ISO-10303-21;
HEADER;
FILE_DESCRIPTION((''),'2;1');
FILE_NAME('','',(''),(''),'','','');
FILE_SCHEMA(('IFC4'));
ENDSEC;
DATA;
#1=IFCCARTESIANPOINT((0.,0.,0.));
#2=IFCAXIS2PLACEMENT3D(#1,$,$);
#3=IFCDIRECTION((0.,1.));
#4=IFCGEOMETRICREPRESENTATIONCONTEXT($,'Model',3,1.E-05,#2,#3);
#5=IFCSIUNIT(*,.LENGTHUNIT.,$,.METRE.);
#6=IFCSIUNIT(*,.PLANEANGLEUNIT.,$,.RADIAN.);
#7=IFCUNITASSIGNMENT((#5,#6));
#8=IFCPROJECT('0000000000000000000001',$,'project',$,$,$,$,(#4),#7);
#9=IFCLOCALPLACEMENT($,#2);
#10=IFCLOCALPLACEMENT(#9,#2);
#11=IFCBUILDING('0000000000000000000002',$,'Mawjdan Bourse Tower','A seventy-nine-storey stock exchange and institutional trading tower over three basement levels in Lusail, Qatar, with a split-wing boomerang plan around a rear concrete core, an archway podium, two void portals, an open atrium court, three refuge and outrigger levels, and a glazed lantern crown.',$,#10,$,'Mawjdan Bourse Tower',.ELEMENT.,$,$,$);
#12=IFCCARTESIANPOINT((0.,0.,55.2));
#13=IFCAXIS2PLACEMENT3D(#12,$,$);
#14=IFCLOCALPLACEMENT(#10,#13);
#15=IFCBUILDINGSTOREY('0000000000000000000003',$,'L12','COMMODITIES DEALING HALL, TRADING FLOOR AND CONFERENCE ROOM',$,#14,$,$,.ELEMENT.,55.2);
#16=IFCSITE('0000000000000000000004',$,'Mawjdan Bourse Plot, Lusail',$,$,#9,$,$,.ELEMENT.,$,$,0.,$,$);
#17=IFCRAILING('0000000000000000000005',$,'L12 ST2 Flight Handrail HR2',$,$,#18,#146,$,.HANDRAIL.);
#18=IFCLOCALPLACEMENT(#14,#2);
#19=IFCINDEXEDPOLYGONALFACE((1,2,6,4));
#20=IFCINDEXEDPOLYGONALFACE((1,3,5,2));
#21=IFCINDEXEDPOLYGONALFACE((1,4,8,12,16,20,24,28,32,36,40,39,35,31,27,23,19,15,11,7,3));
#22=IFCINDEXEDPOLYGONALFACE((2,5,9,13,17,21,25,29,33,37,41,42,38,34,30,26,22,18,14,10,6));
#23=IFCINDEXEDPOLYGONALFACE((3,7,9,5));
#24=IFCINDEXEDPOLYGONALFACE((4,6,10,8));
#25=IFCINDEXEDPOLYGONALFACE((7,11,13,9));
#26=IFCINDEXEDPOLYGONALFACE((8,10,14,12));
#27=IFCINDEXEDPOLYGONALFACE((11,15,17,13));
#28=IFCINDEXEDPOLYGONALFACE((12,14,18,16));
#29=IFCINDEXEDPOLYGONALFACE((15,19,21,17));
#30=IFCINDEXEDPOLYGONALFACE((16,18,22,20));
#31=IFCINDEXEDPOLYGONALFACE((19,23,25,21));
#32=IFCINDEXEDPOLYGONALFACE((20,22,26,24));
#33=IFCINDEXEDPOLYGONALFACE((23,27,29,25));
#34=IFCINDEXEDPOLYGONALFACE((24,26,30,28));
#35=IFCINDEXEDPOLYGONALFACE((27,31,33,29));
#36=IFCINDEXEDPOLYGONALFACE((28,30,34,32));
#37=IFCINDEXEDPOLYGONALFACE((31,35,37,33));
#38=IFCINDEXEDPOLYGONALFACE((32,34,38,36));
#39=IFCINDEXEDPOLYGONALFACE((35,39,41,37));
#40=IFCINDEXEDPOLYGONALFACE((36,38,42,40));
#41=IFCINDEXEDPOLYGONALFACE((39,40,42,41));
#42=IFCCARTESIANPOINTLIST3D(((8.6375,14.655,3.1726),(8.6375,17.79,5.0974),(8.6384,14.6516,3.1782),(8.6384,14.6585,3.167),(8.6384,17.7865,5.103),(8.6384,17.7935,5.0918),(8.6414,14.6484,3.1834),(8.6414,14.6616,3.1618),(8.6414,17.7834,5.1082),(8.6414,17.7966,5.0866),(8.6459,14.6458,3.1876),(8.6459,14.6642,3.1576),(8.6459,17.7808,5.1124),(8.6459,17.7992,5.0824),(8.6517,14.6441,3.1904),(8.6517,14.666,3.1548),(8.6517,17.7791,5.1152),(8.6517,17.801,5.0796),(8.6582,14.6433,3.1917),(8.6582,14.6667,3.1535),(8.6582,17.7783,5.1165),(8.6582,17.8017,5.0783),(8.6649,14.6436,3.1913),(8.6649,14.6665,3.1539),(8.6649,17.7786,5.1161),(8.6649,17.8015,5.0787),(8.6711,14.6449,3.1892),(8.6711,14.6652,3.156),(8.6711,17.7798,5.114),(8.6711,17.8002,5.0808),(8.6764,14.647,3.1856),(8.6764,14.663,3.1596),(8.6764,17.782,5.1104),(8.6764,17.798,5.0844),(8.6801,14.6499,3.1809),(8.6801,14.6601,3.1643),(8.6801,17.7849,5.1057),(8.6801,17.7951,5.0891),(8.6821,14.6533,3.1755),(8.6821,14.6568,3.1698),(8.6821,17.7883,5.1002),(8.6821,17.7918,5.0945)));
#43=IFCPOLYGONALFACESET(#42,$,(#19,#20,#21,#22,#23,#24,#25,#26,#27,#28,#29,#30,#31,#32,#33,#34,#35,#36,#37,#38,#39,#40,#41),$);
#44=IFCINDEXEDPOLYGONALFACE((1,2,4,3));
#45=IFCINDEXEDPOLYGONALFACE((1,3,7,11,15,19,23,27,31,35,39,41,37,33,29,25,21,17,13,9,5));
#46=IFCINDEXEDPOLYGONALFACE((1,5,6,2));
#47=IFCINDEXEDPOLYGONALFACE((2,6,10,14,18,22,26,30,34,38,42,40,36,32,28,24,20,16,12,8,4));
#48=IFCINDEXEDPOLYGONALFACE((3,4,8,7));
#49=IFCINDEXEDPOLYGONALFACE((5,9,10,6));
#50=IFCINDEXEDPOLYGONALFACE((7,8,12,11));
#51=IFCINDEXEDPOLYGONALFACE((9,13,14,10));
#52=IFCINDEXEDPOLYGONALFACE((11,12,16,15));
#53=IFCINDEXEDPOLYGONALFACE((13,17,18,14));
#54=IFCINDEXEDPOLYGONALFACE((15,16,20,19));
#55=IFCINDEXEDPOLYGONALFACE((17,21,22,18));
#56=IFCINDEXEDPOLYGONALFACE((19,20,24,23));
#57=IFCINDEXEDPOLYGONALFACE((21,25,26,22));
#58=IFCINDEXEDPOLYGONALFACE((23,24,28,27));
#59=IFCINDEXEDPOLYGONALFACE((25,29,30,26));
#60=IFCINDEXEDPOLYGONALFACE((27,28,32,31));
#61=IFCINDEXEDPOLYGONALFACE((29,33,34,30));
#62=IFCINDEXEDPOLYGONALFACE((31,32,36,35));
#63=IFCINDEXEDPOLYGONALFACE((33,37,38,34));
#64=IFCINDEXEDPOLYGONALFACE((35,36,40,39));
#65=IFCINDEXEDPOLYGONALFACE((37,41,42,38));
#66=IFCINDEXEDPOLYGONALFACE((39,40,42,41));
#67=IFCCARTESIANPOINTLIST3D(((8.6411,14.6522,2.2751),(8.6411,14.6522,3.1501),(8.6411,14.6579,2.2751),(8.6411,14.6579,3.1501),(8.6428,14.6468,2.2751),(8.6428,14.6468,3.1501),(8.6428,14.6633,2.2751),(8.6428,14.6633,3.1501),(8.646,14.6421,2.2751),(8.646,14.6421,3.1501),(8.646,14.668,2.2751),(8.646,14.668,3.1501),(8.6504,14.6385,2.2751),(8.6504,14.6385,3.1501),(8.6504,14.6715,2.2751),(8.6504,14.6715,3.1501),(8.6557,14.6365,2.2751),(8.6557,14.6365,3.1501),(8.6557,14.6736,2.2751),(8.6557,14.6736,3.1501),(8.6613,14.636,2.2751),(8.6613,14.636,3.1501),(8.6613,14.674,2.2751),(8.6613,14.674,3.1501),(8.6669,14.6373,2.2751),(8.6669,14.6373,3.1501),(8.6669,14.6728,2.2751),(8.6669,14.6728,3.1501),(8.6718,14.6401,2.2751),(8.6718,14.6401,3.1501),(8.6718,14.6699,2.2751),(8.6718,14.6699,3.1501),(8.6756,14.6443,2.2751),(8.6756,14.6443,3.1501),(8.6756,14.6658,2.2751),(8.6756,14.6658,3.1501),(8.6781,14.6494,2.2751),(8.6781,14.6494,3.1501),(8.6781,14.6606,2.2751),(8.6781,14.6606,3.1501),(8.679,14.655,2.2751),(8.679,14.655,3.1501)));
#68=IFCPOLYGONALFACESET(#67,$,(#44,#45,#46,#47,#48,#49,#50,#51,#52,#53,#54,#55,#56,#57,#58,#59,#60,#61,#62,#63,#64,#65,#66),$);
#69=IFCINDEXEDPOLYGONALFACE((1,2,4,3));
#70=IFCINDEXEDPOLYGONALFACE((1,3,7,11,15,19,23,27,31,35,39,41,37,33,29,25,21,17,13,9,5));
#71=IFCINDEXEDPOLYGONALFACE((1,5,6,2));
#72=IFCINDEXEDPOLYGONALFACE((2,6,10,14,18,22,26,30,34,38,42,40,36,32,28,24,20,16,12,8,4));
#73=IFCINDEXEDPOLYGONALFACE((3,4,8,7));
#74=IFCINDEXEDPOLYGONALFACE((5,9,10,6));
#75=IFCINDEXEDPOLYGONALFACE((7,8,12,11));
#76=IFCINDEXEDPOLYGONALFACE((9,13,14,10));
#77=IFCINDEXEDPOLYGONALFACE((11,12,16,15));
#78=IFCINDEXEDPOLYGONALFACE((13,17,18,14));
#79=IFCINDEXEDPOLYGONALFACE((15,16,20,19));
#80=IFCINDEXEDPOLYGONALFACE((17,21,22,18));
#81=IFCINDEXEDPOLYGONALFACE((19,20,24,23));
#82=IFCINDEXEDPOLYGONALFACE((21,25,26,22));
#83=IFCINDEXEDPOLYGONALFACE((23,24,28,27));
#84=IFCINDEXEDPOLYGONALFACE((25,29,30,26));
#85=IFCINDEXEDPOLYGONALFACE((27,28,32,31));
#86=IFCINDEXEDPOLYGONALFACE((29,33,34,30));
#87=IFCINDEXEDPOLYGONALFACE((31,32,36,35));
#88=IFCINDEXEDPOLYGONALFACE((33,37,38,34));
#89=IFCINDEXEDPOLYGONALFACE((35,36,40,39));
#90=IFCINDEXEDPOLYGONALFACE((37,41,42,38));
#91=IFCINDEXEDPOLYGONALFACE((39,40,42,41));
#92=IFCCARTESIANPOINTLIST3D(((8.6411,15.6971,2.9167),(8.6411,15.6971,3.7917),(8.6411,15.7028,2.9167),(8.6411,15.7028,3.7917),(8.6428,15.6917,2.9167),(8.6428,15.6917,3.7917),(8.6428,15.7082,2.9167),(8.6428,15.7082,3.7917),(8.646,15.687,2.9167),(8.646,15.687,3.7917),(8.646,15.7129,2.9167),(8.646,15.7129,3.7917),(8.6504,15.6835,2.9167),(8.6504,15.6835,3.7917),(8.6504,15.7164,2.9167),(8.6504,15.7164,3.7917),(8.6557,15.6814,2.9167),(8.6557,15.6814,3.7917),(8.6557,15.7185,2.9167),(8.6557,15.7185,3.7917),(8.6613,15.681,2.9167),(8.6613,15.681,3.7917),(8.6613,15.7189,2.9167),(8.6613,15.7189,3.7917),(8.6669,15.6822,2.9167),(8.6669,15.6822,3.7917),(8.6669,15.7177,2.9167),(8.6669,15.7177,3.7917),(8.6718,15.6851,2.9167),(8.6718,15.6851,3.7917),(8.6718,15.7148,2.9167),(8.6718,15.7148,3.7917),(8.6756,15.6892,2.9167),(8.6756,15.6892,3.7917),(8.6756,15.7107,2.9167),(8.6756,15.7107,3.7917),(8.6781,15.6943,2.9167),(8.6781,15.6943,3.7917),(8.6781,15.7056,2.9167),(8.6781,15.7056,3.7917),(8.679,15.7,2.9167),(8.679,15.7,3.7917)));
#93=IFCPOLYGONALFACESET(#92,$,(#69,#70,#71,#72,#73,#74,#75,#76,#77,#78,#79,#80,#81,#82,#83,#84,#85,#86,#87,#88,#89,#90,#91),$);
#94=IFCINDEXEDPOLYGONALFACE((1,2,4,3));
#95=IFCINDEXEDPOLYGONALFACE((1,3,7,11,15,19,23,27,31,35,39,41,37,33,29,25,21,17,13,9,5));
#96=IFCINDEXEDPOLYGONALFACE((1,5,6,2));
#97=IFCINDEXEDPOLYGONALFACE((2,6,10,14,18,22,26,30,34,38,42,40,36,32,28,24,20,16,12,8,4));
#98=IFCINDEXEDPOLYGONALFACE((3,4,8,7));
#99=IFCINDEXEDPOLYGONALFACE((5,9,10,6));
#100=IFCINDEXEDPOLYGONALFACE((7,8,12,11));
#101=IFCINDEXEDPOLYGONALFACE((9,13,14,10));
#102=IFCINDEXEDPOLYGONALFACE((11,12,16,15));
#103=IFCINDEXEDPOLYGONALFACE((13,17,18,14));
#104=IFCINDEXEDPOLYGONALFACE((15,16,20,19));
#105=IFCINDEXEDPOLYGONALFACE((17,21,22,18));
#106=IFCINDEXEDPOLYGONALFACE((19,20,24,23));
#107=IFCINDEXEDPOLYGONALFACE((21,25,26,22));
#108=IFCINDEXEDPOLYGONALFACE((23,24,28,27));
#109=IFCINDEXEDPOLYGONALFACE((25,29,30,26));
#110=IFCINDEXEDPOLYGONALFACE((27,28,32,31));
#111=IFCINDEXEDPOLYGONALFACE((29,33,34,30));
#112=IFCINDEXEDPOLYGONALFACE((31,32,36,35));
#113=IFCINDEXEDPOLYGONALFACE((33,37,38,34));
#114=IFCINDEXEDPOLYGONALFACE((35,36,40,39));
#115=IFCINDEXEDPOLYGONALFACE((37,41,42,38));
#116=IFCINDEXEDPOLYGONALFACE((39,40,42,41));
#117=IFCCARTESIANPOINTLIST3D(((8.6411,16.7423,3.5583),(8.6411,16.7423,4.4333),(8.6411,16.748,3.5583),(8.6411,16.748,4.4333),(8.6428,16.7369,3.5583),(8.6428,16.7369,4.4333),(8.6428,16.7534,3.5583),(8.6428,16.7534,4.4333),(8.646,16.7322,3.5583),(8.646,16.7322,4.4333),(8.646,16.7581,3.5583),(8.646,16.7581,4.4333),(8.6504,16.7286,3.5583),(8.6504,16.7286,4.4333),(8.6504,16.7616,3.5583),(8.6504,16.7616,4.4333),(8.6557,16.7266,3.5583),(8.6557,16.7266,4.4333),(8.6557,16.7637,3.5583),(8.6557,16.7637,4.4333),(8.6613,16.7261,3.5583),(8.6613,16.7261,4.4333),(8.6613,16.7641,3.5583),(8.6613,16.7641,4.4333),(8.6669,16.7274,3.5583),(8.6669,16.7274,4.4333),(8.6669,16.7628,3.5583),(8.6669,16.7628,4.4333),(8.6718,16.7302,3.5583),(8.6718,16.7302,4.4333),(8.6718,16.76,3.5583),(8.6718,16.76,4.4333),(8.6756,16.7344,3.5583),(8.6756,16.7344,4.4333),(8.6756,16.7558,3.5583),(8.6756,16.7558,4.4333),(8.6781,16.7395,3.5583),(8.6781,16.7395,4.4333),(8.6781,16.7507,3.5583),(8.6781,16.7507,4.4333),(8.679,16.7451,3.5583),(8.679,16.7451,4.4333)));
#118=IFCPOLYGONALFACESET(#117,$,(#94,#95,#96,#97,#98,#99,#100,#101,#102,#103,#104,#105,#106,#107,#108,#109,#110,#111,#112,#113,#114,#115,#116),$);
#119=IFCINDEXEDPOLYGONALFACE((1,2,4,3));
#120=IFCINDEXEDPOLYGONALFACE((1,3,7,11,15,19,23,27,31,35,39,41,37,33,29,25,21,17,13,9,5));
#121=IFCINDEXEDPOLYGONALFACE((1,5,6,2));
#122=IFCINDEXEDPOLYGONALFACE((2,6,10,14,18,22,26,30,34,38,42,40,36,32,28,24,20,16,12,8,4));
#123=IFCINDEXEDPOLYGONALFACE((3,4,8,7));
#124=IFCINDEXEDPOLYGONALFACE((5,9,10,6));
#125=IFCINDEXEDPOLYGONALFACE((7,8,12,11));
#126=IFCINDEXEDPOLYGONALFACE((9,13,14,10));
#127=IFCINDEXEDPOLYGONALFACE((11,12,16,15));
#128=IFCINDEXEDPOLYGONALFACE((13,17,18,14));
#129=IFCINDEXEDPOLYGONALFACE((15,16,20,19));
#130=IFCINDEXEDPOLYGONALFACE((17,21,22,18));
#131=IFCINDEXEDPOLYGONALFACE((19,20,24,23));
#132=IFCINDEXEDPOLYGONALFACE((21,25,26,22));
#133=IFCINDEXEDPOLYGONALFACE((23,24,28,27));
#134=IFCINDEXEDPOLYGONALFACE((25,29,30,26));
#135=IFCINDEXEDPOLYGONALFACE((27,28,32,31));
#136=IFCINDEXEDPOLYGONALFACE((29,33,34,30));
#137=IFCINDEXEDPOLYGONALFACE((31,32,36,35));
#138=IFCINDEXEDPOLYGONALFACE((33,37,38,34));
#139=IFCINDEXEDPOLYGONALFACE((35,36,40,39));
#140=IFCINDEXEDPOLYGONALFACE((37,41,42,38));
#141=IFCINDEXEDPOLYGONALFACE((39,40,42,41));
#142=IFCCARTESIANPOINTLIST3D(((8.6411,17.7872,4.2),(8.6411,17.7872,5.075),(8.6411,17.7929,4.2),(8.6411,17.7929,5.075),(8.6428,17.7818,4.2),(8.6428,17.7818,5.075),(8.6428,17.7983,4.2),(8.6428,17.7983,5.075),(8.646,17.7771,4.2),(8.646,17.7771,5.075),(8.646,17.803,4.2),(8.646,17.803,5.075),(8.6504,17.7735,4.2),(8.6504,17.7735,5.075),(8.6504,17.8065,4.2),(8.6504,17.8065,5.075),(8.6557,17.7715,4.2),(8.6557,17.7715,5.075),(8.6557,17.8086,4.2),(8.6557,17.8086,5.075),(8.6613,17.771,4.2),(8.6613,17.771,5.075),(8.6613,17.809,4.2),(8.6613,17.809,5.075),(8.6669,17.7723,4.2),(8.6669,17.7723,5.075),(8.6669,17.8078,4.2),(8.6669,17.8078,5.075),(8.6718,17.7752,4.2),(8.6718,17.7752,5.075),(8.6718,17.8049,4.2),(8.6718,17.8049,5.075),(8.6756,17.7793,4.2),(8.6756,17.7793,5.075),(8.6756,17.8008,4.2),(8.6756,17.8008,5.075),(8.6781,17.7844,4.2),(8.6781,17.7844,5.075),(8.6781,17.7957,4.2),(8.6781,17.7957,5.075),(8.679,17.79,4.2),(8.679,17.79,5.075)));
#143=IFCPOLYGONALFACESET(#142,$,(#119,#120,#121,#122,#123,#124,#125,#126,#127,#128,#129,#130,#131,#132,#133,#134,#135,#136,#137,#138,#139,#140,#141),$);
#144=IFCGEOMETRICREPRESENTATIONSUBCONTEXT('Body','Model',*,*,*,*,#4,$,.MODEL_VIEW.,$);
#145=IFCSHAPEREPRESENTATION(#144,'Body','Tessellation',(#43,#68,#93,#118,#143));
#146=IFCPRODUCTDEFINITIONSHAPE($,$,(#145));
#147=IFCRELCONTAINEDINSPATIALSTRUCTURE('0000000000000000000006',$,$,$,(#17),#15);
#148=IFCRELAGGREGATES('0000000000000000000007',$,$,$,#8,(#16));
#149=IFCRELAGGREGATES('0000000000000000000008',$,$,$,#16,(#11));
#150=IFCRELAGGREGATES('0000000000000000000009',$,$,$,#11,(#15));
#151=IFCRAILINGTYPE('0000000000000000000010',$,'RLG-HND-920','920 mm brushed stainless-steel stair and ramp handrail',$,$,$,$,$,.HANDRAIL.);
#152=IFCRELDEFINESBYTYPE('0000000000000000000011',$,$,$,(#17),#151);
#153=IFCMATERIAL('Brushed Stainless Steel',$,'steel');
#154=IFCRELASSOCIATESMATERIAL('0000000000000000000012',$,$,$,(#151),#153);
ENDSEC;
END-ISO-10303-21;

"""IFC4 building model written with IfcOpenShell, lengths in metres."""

from ifc_helpers import new_model, si_unit, direction, frame, origin, origin_2d, place, context, subcontext, project, spatial, circle, extrude, material, type_object, element, save


model = new_model("IFC4")

# Units and contexts
model_context = context("Model", 3, precision=1e-05, world=origin(), true_north=direction((0.0, 1.0)))
body_context = subcontext(model_context, "Body", "Model", "MODEL_VIEW")
ifc_project = project(units=[si_unit("LENGTHUNIT", "METRE"), si_unit("PLANEANGLEUNIT", "RADIAN")], contexts=[model_context])

# Site, building, storey
site_placement = place(None, origin())
site = spatial("IfcSite", under=ifc_project, at=site_placement, Name="Mawjdan Bourse Plot, Lusail", CompositionType="ELEMENT", RefElevation=0.0)
building_placement = place(site_placement, origin())
building = spatial("IfcBuilding", under=site, at=building_placement, Name="Mawjdan Bourse Tower", Description="A seventy-nine-storey stock exchange and institutional trading tower over three basement levels in Lusail, Qatar, with a split-wing boomerang plan around a rear concrete core, an archway podium, two void portals, an open atrium court, three refuge and outrigger levels, and a glazed lantern crown.", LongName="Mawjdan Bourse Tower", CompositionType="ELEMENT")
storey_placement = place(building_placement, frame((0.0, 0.0, 55.2)))
storey = spatial("IfcBuildingStorey", under=building, at=storey_placement, Name="L12", Description="COMMODITIES DEALING HALL, TRADING FLOOR AND CONFERENCE ROOM", CompositionType="ELEMENT", Elevation=55.2)

# Railing
ifc_material_1 = material(Name="Brushed Stainless Steel", Category="steel")
railing_type_1 = type_object("IfcRailingType", Name="RLG-HND-920", Description="920 mm brushed stainless-steel stair and ramp handrail", PredefinedType="HANDRAIL", material=ifc_material_1)
railing_1_placement = place(storey_placement, frame((8.6599, 14.655, 2.2751)))
element("IfcRailing", 1, at=railing_1_placement, inside=storey, type_object=railing_type_1, Name="L12 ST2 Flight Handrail HR2", PredefinedType="HANDRAIL", context=body_context, shape_type="SweptSolid", body=[
    extrude(circle(Radius=0.0225, at=origin_2d()), frame((0.0, 0.0, 0.8975), z_axis=(0.0, 0.852196, 0.523223), x_axis=(-1.0, 0.0, 0.0)), (0.0, 0.0, 1.0), 3.6787),
    extrude(circle(Radius=0.019, at=origin_2d()), origin(), (0.0, 0.0, 1.0), 0.875),
    extrude(circle(Radius=0.019, at=origin_2d()), frame((0.0, 1.0449, 0.6416)), (0.0, 0.0, 1.0), 0.875),
    extrude(circle(Radius=0.019, at=origin_2d()), frame((0.0, 2.0901, 1.2832)), (0.0, 0.0, 1.0), 0.875),
    extrude(circle(Radius=0.019, at=origin_2d()), frame((0.0, 3.135, 1.9248)), (0.0, 0.0, 1.0), 0.875),
])

save(model, "model.ifc")
